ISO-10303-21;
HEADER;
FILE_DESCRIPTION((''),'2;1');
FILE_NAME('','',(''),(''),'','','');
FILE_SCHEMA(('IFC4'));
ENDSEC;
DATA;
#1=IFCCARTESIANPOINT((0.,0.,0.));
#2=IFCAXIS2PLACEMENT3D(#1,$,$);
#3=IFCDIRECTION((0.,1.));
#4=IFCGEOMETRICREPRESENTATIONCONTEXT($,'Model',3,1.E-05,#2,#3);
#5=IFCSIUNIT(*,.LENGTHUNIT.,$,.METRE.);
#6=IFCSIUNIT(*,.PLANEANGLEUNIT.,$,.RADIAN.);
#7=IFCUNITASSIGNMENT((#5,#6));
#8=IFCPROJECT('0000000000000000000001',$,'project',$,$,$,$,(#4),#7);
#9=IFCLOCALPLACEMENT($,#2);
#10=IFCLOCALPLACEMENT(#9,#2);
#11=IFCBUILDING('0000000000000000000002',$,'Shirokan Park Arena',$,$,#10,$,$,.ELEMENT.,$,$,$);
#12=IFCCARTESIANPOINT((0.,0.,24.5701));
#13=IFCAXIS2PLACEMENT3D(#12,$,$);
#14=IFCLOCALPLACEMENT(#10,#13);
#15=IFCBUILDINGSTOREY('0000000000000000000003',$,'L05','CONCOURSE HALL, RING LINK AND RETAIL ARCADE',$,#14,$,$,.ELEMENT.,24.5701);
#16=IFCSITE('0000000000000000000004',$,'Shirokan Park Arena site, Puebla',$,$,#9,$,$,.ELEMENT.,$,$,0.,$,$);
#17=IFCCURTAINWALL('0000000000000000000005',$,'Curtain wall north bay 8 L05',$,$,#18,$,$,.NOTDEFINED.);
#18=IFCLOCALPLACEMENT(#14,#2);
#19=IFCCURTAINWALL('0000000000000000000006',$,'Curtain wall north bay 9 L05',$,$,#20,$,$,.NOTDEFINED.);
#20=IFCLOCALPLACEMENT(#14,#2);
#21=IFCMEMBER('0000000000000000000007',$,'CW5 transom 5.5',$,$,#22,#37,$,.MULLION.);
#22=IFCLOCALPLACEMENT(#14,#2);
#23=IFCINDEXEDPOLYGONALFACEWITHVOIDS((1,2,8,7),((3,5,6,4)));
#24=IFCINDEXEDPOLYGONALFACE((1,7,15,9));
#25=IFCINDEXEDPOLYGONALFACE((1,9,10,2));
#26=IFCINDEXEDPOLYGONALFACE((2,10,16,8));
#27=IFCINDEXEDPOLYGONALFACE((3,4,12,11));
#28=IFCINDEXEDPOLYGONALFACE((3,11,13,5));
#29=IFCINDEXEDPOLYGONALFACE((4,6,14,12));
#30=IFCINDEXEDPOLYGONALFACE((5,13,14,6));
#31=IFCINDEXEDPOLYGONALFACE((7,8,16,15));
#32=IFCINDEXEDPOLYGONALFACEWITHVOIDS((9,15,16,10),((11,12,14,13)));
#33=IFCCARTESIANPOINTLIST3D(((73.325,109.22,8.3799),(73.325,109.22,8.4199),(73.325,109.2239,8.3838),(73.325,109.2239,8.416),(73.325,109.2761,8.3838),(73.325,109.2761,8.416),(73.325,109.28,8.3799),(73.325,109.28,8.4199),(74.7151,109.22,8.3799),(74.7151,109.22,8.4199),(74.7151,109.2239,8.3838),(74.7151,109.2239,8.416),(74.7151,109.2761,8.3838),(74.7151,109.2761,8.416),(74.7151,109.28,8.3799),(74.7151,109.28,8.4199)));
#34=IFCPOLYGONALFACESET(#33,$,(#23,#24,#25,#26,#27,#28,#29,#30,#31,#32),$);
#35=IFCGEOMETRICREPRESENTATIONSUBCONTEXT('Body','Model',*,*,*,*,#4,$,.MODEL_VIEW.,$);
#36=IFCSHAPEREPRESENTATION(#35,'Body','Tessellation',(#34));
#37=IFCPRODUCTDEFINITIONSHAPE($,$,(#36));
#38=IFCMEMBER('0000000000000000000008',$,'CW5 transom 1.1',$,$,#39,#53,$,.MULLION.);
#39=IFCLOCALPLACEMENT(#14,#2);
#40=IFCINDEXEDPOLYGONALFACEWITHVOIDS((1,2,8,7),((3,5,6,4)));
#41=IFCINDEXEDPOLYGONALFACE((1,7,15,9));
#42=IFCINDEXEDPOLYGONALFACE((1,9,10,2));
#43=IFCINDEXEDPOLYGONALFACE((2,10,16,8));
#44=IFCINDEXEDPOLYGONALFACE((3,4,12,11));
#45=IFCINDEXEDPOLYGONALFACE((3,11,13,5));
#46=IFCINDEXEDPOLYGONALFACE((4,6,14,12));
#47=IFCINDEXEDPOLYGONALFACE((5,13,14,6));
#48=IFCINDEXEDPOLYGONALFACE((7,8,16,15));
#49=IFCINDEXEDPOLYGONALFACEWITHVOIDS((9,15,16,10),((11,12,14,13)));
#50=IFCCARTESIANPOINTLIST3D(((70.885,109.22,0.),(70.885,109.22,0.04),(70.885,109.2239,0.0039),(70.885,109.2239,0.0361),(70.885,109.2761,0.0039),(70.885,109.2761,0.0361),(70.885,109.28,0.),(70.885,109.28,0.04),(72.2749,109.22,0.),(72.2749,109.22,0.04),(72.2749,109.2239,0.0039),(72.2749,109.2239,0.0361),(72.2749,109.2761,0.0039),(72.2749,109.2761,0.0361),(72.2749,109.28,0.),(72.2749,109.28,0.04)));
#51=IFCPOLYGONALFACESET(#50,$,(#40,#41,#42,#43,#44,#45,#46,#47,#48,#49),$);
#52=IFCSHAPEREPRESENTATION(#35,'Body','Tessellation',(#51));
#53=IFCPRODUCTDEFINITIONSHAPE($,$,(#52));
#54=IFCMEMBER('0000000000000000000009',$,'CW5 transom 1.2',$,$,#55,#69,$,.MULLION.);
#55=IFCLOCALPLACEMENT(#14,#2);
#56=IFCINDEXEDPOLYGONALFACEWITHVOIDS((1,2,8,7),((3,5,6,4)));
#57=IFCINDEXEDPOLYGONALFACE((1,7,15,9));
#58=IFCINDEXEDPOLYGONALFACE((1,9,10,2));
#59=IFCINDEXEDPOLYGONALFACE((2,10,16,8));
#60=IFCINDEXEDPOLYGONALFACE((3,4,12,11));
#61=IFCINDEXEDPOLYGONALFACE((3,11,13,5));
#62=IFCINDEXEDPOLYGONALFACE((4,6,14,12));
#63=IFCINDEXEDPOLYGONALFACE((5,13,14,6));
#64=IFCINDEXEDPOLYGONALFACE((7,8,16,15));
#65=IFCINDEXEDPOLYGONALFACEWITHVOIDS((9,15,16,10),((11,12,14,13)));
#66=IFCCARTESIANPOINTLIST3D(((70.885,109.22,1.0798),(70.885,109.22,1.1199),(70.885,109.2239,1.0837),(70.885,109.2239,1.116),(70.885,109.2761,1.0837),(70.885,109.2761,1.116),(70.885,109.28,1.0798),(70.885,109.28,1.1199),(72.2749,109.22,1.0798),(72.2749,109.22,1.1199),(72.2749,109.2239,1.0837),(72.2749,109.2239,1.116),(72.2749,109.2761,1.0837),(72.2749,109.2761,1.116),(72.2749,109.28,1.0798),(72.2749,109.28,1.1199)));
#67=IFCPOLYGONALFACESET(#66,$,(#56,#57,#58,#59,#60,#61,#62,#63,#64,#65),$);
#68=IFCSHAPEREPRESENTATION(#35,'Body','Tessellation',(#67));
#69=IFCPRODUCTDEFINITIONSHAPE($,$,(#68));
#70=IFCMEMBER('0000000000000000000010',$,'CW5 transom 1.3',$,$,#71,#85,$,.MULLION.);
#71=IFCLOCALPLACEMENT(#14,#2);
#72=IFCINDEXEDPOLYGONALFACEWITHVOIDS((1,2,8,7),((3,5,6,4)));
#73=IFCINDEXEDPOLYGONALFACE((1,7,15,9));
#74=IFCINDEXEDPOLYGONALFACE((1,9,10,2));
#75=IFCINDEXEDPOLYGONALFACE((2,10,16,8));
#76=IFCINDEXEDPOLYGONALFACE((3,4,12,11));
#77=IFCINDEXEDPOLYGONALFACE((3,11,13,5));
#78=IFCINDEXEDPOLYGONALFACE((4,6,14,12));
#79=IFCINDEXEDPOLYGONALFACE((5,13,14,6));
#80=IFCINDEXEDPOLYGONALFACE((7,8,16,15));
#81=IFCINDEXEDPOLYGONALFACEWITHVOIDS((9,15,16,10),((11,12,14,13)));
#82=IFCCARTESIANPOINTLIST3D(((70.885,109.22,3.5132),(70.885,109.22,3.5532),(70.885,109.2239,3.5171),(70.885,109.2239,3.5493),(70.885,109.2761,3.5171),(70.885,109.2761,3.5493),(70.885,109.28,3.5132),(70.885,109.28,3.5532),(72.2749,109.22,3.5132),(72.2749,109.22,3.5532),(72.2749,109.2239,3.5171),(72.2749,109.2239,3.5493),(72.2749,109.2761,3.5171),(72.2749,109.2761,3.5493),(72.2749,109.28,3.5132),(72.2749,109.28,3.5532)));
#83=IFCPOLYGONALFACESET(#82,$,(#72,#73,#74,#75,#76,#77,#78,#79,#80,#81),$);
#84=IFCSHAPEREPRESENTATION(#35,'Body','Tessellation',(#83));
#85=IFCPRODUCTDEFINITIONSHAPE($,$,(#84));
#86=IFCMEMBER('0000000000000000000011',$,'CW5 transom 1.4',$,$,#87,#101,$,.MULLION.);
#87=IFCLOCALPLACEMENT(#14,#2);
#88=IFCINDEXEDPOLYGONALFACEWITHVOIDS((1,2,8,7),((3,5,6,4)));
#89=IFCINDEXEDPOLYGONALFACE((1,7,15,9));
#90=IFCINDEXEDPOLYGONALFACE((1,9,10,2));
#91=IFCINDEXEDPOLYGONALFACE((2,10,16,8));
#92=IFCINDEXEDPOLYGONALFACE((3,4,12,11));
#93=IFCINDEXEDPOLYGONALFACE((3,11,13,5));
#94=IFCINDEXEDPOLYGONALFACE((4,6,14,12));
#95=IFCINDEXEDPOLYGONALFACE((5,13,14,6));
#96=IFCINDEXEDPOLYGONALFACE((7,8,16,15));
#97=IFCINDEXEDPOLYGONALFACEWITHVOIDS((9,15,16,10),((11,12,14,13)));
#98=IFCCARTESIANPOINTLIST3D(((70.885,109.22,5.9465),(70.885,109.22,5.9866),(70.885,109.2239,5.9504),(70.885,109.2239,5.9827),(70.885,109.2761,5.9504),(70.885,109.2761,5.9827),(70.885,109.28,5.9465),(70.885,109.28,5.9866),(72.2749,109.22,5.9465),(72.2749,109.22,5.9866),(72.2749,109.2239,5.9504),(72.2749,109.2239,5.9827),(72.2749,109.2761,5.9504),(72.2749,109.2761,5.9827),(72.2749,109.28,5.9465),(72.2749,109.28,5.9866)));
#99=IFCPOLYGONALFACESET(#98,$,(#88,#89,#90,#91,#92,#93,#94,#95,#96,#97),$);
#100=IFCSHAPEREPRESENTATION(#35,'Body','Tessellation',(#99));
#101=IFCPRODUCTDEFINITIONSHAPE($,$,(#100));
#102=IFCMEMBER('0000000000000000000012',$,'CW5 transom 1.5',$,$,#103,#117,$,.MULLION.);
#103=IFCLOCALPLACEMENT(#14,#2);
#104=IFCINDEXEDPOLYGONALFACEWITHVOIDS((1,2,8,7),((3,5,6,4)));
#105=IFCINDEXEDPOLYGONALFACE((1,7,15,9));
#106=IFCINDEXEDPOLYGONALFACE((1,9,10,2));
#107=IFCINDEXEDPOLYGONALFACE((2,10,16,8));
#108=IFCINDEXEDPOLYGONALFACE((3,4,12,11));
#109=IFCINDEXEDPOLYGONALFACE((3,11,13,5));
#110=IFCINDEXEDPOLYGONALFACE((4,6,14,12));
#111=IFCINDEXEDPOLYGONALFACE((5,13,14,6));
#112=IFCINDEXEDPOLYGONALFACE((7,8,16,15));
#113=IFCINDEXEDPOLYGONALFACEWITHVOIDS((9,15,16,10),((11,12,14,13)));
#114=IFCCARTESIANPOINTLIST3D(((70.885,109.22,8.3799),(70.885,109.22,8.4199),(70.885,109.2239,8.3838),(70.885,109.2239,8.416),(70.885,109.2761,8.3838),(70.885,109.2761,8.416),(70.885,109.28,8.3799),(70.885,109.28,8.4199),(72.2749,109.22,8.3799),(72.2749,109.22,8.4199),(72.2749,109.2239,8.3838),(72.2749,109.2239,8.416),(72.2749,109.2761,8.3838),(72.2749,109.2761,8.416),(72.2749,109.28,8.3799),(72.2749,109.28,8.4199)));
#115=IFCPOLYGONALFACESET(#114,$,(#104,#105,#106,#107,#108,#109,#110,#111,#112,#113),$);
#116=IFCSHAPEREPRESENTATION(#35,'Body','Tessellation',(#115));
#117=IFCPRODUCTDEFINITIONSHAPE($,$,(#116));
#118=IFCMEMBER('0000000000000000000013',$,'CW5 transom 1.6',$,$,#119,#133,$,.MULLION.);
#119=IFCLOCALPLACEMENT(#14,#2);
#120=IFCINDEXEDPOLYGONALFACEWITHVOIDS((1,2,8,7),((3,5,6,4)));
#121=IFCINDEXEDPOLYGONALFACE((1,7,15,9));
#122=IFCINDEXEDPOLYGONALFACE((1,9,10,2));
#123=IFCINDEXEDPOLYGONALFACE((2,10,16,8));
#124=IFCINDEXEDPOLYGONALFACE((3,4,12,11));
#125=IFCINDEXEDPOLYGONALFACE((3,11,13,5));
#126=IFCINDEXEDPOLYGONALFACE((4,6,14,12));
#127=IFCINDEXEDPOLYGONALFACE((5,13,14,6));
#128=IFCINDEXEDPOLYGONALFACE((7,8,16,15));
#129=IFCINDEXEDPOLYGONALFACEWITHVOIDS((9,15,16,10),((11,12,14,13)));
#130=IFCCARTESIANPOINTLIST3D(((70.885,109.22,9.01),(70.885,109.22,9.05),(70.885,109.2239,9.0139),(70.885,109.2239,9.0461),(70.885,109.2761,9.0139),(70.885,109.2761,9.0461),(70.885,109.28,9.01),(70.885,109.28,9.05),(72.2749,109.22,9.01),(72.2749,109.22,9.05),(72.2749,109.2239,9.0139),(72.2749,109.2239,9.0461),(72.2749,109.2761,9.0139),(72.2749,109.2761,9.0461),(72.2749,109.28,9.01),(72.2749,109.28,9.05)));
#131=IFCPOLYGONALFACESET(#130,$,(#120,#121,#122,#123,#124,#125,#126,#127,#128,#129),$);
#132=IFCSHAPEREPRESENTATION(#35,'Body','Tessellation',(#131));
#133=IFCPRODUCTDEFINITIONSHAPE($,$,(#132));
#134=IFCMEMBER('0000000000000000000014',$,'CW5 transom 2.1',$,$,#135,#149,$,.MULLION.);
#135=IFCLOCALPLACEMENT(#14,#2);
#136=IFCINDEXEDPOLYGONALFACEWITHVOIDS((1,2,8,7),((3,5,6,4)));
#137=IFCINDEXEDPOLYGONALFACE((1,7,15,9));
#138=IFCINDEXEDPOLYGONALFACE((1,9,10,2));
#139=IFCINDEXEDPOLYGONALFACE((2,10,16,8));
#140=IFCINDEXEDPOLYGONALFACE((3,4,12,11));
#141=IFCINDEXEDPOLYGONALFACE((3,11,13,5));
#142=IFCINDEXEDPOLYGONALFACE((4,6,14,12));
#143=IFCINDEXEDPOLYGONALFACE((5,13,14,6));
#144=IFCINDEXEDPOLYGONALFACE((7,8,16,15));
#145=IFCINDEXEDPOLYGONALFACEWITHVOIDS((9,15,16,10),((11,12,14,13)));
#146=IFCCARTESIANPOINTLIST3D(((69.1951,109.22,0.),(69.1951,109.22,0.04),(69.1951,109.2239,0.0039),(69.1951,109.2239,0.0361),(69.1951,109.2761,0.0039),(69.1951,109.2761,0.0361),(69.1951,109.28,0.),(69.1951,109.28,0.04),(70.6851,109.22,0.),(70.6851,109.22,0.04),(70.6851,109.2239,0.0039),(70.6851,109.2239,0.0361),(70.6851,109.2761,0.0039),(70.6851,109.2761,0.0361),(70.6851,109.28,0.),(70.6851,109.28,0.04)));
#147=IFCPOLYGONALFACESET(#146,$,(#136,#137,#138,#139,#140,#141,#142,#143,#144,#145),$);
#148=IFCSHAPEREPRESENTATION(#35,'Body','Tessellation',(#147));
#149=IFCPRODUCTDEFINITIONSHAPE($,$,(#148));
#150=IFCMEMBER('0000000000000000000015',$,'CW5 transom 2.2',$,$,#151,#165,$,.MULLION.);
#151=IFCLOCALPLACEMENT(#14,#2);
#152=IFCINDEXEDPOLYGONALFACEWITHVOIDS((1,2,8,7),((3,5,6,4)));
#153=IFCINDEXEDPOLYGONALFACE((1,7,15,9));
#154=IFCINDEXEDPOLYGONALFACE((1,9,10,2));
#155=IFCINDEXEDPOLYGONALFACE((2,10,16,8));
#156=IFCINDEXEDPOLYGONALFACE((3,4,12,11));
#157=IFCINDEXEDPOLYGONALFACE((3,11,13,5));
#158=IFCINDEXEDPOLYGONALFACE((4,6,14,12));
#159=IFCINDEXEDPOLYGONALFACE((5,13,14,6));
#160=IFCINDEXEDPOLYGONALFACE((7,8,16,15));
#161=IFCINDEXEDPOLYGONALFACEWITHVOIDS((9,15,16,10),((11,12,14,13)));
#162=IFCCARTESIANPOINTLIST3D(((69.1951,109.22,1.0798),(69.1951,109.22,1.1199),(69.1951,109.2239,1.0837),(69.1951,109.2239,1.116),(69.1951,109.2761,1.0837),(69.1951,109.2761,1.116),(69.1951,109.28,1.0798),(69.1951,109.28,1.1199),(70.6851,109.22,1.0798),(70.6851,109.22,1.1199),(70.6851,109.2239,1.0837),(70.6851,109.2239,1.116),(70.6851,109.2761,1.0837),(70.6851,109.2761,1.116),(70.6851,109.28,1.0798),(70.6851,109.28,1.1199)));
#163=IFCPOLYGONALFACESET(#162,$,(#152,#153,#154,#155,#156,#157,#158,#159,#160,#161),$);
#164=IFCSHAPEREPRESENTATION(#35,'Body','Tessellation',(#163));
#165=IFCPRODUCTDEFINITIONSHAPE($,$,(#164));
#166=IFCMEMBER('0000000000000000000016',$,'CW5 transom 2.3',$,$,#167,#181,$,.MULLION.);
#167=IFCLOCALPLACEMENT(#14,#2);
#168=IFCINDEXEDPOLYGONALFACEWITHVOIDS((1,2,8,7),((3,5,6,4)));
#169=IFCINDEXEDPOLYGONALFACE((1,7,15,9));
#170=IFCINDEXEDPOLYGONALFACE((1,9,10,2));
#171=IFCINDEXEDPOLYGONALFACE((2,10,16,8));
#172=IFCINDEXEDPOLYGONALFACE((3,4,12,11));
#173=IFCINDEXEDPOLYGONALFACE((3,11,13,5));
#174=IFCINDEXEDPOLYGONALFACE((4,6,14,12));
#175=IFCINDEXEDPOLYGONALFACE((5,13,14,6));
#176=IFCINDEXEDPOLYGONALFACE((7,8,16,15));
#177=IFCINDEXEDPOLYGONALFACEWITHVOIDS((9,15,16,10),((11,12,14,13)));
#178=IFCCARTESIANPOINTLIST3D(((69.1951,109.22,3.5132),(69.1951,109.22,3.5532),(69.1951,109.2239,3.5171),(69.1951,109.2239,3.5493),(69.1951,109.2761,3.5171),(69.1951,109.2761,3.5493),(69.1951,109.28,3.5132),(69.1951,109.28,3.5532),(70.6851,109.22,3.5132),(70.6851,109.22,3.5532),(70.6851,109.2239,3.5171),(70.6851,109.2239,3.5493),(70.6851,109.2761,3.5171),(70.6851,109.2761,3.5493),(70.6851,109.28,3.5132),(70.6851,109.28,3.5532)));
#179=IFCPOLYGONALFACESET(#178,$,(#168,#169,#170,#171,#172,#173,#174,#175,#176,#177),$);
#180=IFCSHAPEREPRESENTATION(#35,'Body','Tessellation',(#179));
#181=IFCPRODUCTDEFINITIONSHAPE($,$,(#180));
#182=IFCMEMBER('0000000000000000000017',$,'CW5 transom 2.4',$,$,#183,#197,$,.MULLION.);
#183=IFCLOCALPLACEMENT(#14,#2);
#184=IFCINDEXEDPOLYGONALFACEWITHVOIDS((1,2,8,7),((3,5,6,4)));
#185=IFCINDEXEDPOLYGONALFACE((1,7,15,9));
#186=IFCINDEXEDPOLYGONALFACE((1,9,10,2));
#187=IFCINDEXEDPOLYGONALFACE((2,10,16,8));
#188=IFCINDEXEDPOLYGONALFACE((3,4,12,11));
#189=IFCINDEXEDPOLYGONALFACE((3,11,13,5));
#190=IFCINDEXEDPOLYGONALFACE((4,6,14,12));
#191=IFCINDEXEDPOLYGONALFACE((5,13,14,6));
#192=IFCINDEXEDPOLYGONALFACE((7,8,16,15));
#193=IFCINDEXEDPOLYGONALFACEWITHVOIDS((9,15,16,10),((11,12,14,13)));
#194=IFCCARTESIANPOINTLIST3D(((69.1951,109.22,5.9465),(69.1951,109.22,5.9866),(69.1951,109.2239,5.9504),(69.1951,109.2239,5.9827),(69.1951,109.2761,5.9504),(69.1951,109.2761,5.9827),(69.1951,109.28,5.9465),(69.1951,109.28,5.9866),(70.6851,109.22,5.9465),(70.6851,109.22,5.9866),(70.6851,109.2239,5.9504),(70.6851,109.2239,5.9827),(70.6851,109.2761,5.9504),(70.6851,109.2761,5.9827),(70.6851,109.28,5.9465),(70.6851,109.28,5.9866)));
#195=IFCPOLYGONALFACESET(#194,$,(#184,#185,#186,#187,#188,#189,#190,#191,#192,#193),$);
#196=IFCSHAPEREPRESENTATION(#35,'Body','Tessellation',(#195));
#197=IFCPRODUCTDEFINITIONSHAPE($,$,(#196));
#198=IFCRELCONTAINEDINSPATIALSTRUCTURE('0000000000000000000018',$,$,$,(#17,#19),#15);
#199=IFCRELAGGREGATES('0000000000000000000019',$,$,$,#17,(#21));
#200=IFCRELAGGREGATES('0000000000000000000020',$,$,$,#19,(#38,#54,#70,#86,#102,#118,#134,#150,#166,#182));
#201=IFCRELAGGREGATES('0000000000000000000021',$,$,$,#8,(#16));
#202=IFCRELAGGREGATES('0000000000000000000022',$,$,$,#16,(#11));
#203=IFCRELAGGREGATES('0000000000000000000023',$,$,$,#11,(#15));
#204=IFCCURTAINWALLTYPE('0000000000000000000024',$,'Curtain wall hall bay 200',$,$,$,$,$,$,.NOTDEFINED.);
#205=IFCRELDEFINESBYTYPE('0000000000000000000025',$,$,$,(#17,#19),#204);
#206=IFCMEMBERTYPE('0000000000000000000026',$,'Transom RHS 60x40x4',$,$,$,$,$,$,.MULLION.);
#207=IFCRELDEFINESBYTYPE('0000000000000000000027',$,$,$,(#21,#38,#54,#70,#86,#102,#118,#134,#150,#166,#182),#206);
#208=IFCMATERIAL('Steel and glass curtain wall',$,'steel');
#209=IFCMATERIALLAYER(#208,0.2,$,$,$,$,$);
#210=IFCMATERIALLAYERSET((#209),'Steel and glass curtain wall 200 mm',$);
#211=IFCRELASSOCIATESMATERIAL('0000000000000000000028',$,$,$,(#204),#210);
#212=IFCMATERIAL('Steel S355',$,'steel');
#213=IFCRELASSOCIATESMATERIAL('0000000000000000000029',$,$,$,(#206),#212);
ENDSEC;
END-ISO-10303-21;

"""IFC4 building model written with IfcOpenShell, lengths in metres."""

from ifc_helpers import new_model, si_unit, direction, frame, origin, origin_2d, place, context, subcontext, project, spatial, hollow_rectangle, extrude, material, layer, layer_set, material_profile, profile_set, type_object, element, aggregate, save


model = new_model("IFC4")

# Units and contexts
model_context = context("Model", 3, precision=1e-05, world=origin(), true_north=direction((0.0, 1.0)))
body_context = subcontext(model_context, "Body", "Model", "MODEL_VIEW")
ifc_project = project(units=[si_unit("LENGTHUNIT", "METRE"), si_unit("PLANEANGLEUNIT", "RADIAN")], contexts=[model_context])

# Site, building, storey
site_placement = place(None, origin())
site = spatial("IfcSite", under=ifc_project, at=site_placement, Name="Shirokan Park Arena site, Puebla", CompositionType="ELEMENT", RefElevation=0.0)
building_placement = place(site_placement, origin())
building = spatial("IfcBuilding", under=site, at=building_placement, Name="Shirokan Park Arena", CompositionType="ELEMENT")
storey_placement = place(building_placement, frame((0.0, 0.0, 24.5701)))
storey = spatial("IfcBuildingStorey", under=building, at=storey_placement, Name="L05", Description="CONCOURSE HALL, RING LINK AND RETAIL ARCADE", CompositionType="ELEMENT", Elevation=24.5701)

# Curtain wall
ifc_material_1 = material(Name="Steel and glass curtain wall", Category="steel")
ifc_layer_1 = layer(ifc_material_1, 0.2)
ifc_layer_set_1 = layer_set([ifc_layer_1], Name="Steel and glass curtain wall 200 mm")
curtain_wall_type = type_object("IfcCurtainWallType", Name="Curtain wall hall bay 200", PredefinedType="NOTDEFINED", material=ifc_layer_set_1)
curtain_wall_1_placement = place(storey_placement, origin())
curtain_wall_1 = element("IfcCurtainWall", 1, at=curtain_wall_1_placement, inside=storey, type_object=curtain_wall_type, Name="Curtain wall north bay 8 L05", PredefinedType="NOTDEFINED")
ifc_material_2 = material(Name="Steel S355", Category="steel")

# Curtain wall
curtain_wall_2_placement = place(storey_placement, origin())
curtain_wall_2 = element("IfcCurtainWall", 2, at=curtain_wall_2_placement, inside=storey, type_object=curtain_wall_type, Name="Curtain wall north bay 9 L05", PredefinedType="NOTDEFINED")

# Members
ifc_material_profile_1 = material_profile(ifc_material_2, hollow_rectangle(XDim=0.0601, YDim=0.04, WallThickness=0.0039, at=origin_2d()), Name="RHS 60x40x4")
ifc_profile_set_1 = profile_set([ifc_material_profile_1], Name="Steel S355")
member_type_1 = type_object("IfcMemberType", Name="Transom RHS 60x40x4", PredefinedType="MULLION", material=ifc_profile_set_1)
member_1_placement = place(storey_placement, frame((74.7151, 109.25, 8.3999), z_axis=(-1.0, 0.0, 0.0), x_axis=(0.0, -1.0, 0.0)))
member_1 = element("IfcMember", 3, at=member_1_placement, type_object=member_type_1, Name="CW5 transom 5.5", PredefinedType="MULLION", context=body_context, shape_type="SweptSolid", body=[
    extrude(hollow_rectangle(XDim=0.0601, YDim=0.04, WallThickness=0.0039, at=origin_2d()), origin(), (0.0, 0.0, 1.0), 1.3901),
])
member_2_placement = place(storey_placement, frame((72.2749, 109.25, 0.02), z_axis=(-1.0, 0.0, 0.0), x_axis=(0.0, -1.0, 0.0)))
member_2 = element("IfcMember", 4, at=member_2_placement, type_object=member_type_1, Name="CW5 transom 1.1", PredefinedType="MULLION", context=body_context, shape_type="SweptSolid", body=[
    extrude(hollow_rectangle(XDim=0.0601, YDim=0.04, WallThickness=0.0039, at=origin_2d()), origin(), (0.0, 0.0, 1.0), 1.3899),
])
member_3_placement = place(storey_placement, frame((72.2749, 109.25, 1.0999), z_axis=(-1.0, 0.0, 0.0), x_axis=(0.0, -1.0, 0.0)))
member_3 = element("IfcMember", 5, at=member_3_placement, type_object=member_type_1, Name="CW5 transom 1.2", PredefinedType="MULLION", context=body_context, shape_type="SweptSolid", body=[
    extrude(hollow_rectangle(XDim=0.0601, YDim=0.04, WallThickness=0.0039, at=origin_2d()), origin(), (0.0, 0.0, 1.0), 1.3899),
])
member_4_placement = place(storey_placement, frame((72.2749, 109.25, 3.5332), z_axis=(-1.0, 0.0, 0.0), x_axis=(0.0, -1.0, 0.0)))
member_4 = element("IfcMember", 6, at=member_4_placement, type_object=member_type_1, Name="CW5 transom 1.3", PredefinedType="MULLION", context=body_context, shape_type="SweptSolid", body=[
    extrude(hollow_rectangle(XDim=0.0601, YDim=0.04, WallThickness=0.0039, at=origin_2d()), origin(), (0.0, 0.0, 1.0), 1.3899),
])
member_5_placement = place(storey_placement, frame((72.2749, 109.25, 5.9666), z_axis=(-1.0, 0.0, 0.0), x_axis=(0.0, -1.0, 0.0)))
member_5 = element("IfcMember", 7, at=member_5_placement, type_object=member_type_1, Name="CW5 transom 1.4", PredefinedType="MULLION", context=body_context, shape_type="SweptSolid", body=[
    extrude(hollow_rectangle(XDim=0.0601, YDim=0.04, WallThickness=0.0039, at=origin_2d()), origin(), (0.0, 0.0, 1.0), 1.3899),
])
member_6_placement = place(storey_placement, frame((72.2749, 109.25, 8.3999), z_axis=(-1.0, 0.0, 0.0), x_axis=(0.0, -1.0, 0.0)))
member_6 = element("IfcMember", 8, at=member_6_placement, type_object=member_type_1, Name="CW5 transom 1.5", PredefinedType="MULLION", context=body_context, shape_type="SweptSolid", body=[
    extrude(hollow_rectangle(XDim=0.0601, YDim=0.04, WallThickness=0.0039, at=origin_2d()), origin(), (0.0, 0.0, 1.0), 1.3899),
])
member_7_placement = place(storey_placement, frame((72.2749, 109.25, 9.03), z_axis=(-1.0, 0.0, 0.0), x_axis=(0.0, -1.0, 0.0)))
member_7 = element("IfcMember", 9, at=member_7_placement, type_object=member_type_1, Name="CW5 transom 1.6", PredefinedType="MULLION", context=body_context, shape_type="SweptSolid", body=[
    extrude(hollow_rectangle(XDim=0.0601, YDim=0.04, WallThickness=0.0039, at=origin_2d()), origin(), (0.0, 0.0, 1.0), 1.3899),
])
member_8_placement = place(storey_placement, frame((70.6851, 109.25, 0.02), z_axis=(-1.0, 0.0, 0.0), x_axis=(0.0, -1.0, 0.0)))
member_8 = element("IfcMember", 10, at=member_8_placement, type_object=member_type_1, Name="CW5 transom 2.1", PredefinedType="MULLION", context=body_context, shape_type="SweptSolid", body=[
    extrude(hollow_rectangle(XDim=0.0601, YDim=0.04, WallThickness=0.0039, at=origin_2d()), origin(), (0.0, 0.0, 1.0), 1.49),
])
member_9_placement = place(storey_placement, frame((70.6851, 109.25, 1.0999), z_axis=(-1.0, 0.0, 0.0), x_axis=(0.0, -1.0, 0.0)))
member_9 = element("IfcMember", 11, at=member_9_placement, type_object=member_type_1, Name="CW5 transom 2.2", PredefinedType="MULLION", context=body_context, shape_type="SweptSolid", body=[
    extrude(hollow_rectangle(XDim=0.0601, YDim=0.04, WallThickness=0.0039, at=origin_2d()), origin(), (0.0, 0.0, 1.0), 1.49),
])
member_10_placement = place(storey_placement, frame((70.6851, 109.25, 3.5332), z_axis=(-1.0, 0.0, 0.0), x_axis=(0.0, -1.0, 0.0)))
member_10 = element("IfcMember", 12, at=member_10_placement, type_object=member_type_1, Name="CW5 transom 2.3", PredefinedType="MULLION", context=body_context, shape_type="SweptSolid", body=[
    extrude(hollow_rectangle(XDim=0.0601, YDim=0.04, WallThickness=0.0039, at=origin_2d()), origin(), (0.0, 0.0, 1.0), 1.49),
])
member_11_placement = place(storey_placement, frame((70.6851, 109.25, 5.9666), z_axis=(-1.0, 0.0, 0.0), x_axis=(0.0, -1.0, 0.0)))
member_11 = element("IfcMember", 13, at=member_11_placement, type_object=member_type_1, Name="CW5 transom 2.4", PredefinedType="MULLION", context=body_context, shape_type="SweptSolid", body=[
    extrude(hollow_rectangle(XDim=0.0601, YDim=0.04, WallThickness=0.0039, at=origin_2d()), origin(), (0.0, 0.0, 1.0), 1.49),
])

aggregate(curtain_wall_1, [member_1])
aggregate(curtain_wall_2, [member_2, member_3, member_4, member_5, member_6, member_7, member_8, member_9, member_10, member_11])

save(model, "model.ifc")
